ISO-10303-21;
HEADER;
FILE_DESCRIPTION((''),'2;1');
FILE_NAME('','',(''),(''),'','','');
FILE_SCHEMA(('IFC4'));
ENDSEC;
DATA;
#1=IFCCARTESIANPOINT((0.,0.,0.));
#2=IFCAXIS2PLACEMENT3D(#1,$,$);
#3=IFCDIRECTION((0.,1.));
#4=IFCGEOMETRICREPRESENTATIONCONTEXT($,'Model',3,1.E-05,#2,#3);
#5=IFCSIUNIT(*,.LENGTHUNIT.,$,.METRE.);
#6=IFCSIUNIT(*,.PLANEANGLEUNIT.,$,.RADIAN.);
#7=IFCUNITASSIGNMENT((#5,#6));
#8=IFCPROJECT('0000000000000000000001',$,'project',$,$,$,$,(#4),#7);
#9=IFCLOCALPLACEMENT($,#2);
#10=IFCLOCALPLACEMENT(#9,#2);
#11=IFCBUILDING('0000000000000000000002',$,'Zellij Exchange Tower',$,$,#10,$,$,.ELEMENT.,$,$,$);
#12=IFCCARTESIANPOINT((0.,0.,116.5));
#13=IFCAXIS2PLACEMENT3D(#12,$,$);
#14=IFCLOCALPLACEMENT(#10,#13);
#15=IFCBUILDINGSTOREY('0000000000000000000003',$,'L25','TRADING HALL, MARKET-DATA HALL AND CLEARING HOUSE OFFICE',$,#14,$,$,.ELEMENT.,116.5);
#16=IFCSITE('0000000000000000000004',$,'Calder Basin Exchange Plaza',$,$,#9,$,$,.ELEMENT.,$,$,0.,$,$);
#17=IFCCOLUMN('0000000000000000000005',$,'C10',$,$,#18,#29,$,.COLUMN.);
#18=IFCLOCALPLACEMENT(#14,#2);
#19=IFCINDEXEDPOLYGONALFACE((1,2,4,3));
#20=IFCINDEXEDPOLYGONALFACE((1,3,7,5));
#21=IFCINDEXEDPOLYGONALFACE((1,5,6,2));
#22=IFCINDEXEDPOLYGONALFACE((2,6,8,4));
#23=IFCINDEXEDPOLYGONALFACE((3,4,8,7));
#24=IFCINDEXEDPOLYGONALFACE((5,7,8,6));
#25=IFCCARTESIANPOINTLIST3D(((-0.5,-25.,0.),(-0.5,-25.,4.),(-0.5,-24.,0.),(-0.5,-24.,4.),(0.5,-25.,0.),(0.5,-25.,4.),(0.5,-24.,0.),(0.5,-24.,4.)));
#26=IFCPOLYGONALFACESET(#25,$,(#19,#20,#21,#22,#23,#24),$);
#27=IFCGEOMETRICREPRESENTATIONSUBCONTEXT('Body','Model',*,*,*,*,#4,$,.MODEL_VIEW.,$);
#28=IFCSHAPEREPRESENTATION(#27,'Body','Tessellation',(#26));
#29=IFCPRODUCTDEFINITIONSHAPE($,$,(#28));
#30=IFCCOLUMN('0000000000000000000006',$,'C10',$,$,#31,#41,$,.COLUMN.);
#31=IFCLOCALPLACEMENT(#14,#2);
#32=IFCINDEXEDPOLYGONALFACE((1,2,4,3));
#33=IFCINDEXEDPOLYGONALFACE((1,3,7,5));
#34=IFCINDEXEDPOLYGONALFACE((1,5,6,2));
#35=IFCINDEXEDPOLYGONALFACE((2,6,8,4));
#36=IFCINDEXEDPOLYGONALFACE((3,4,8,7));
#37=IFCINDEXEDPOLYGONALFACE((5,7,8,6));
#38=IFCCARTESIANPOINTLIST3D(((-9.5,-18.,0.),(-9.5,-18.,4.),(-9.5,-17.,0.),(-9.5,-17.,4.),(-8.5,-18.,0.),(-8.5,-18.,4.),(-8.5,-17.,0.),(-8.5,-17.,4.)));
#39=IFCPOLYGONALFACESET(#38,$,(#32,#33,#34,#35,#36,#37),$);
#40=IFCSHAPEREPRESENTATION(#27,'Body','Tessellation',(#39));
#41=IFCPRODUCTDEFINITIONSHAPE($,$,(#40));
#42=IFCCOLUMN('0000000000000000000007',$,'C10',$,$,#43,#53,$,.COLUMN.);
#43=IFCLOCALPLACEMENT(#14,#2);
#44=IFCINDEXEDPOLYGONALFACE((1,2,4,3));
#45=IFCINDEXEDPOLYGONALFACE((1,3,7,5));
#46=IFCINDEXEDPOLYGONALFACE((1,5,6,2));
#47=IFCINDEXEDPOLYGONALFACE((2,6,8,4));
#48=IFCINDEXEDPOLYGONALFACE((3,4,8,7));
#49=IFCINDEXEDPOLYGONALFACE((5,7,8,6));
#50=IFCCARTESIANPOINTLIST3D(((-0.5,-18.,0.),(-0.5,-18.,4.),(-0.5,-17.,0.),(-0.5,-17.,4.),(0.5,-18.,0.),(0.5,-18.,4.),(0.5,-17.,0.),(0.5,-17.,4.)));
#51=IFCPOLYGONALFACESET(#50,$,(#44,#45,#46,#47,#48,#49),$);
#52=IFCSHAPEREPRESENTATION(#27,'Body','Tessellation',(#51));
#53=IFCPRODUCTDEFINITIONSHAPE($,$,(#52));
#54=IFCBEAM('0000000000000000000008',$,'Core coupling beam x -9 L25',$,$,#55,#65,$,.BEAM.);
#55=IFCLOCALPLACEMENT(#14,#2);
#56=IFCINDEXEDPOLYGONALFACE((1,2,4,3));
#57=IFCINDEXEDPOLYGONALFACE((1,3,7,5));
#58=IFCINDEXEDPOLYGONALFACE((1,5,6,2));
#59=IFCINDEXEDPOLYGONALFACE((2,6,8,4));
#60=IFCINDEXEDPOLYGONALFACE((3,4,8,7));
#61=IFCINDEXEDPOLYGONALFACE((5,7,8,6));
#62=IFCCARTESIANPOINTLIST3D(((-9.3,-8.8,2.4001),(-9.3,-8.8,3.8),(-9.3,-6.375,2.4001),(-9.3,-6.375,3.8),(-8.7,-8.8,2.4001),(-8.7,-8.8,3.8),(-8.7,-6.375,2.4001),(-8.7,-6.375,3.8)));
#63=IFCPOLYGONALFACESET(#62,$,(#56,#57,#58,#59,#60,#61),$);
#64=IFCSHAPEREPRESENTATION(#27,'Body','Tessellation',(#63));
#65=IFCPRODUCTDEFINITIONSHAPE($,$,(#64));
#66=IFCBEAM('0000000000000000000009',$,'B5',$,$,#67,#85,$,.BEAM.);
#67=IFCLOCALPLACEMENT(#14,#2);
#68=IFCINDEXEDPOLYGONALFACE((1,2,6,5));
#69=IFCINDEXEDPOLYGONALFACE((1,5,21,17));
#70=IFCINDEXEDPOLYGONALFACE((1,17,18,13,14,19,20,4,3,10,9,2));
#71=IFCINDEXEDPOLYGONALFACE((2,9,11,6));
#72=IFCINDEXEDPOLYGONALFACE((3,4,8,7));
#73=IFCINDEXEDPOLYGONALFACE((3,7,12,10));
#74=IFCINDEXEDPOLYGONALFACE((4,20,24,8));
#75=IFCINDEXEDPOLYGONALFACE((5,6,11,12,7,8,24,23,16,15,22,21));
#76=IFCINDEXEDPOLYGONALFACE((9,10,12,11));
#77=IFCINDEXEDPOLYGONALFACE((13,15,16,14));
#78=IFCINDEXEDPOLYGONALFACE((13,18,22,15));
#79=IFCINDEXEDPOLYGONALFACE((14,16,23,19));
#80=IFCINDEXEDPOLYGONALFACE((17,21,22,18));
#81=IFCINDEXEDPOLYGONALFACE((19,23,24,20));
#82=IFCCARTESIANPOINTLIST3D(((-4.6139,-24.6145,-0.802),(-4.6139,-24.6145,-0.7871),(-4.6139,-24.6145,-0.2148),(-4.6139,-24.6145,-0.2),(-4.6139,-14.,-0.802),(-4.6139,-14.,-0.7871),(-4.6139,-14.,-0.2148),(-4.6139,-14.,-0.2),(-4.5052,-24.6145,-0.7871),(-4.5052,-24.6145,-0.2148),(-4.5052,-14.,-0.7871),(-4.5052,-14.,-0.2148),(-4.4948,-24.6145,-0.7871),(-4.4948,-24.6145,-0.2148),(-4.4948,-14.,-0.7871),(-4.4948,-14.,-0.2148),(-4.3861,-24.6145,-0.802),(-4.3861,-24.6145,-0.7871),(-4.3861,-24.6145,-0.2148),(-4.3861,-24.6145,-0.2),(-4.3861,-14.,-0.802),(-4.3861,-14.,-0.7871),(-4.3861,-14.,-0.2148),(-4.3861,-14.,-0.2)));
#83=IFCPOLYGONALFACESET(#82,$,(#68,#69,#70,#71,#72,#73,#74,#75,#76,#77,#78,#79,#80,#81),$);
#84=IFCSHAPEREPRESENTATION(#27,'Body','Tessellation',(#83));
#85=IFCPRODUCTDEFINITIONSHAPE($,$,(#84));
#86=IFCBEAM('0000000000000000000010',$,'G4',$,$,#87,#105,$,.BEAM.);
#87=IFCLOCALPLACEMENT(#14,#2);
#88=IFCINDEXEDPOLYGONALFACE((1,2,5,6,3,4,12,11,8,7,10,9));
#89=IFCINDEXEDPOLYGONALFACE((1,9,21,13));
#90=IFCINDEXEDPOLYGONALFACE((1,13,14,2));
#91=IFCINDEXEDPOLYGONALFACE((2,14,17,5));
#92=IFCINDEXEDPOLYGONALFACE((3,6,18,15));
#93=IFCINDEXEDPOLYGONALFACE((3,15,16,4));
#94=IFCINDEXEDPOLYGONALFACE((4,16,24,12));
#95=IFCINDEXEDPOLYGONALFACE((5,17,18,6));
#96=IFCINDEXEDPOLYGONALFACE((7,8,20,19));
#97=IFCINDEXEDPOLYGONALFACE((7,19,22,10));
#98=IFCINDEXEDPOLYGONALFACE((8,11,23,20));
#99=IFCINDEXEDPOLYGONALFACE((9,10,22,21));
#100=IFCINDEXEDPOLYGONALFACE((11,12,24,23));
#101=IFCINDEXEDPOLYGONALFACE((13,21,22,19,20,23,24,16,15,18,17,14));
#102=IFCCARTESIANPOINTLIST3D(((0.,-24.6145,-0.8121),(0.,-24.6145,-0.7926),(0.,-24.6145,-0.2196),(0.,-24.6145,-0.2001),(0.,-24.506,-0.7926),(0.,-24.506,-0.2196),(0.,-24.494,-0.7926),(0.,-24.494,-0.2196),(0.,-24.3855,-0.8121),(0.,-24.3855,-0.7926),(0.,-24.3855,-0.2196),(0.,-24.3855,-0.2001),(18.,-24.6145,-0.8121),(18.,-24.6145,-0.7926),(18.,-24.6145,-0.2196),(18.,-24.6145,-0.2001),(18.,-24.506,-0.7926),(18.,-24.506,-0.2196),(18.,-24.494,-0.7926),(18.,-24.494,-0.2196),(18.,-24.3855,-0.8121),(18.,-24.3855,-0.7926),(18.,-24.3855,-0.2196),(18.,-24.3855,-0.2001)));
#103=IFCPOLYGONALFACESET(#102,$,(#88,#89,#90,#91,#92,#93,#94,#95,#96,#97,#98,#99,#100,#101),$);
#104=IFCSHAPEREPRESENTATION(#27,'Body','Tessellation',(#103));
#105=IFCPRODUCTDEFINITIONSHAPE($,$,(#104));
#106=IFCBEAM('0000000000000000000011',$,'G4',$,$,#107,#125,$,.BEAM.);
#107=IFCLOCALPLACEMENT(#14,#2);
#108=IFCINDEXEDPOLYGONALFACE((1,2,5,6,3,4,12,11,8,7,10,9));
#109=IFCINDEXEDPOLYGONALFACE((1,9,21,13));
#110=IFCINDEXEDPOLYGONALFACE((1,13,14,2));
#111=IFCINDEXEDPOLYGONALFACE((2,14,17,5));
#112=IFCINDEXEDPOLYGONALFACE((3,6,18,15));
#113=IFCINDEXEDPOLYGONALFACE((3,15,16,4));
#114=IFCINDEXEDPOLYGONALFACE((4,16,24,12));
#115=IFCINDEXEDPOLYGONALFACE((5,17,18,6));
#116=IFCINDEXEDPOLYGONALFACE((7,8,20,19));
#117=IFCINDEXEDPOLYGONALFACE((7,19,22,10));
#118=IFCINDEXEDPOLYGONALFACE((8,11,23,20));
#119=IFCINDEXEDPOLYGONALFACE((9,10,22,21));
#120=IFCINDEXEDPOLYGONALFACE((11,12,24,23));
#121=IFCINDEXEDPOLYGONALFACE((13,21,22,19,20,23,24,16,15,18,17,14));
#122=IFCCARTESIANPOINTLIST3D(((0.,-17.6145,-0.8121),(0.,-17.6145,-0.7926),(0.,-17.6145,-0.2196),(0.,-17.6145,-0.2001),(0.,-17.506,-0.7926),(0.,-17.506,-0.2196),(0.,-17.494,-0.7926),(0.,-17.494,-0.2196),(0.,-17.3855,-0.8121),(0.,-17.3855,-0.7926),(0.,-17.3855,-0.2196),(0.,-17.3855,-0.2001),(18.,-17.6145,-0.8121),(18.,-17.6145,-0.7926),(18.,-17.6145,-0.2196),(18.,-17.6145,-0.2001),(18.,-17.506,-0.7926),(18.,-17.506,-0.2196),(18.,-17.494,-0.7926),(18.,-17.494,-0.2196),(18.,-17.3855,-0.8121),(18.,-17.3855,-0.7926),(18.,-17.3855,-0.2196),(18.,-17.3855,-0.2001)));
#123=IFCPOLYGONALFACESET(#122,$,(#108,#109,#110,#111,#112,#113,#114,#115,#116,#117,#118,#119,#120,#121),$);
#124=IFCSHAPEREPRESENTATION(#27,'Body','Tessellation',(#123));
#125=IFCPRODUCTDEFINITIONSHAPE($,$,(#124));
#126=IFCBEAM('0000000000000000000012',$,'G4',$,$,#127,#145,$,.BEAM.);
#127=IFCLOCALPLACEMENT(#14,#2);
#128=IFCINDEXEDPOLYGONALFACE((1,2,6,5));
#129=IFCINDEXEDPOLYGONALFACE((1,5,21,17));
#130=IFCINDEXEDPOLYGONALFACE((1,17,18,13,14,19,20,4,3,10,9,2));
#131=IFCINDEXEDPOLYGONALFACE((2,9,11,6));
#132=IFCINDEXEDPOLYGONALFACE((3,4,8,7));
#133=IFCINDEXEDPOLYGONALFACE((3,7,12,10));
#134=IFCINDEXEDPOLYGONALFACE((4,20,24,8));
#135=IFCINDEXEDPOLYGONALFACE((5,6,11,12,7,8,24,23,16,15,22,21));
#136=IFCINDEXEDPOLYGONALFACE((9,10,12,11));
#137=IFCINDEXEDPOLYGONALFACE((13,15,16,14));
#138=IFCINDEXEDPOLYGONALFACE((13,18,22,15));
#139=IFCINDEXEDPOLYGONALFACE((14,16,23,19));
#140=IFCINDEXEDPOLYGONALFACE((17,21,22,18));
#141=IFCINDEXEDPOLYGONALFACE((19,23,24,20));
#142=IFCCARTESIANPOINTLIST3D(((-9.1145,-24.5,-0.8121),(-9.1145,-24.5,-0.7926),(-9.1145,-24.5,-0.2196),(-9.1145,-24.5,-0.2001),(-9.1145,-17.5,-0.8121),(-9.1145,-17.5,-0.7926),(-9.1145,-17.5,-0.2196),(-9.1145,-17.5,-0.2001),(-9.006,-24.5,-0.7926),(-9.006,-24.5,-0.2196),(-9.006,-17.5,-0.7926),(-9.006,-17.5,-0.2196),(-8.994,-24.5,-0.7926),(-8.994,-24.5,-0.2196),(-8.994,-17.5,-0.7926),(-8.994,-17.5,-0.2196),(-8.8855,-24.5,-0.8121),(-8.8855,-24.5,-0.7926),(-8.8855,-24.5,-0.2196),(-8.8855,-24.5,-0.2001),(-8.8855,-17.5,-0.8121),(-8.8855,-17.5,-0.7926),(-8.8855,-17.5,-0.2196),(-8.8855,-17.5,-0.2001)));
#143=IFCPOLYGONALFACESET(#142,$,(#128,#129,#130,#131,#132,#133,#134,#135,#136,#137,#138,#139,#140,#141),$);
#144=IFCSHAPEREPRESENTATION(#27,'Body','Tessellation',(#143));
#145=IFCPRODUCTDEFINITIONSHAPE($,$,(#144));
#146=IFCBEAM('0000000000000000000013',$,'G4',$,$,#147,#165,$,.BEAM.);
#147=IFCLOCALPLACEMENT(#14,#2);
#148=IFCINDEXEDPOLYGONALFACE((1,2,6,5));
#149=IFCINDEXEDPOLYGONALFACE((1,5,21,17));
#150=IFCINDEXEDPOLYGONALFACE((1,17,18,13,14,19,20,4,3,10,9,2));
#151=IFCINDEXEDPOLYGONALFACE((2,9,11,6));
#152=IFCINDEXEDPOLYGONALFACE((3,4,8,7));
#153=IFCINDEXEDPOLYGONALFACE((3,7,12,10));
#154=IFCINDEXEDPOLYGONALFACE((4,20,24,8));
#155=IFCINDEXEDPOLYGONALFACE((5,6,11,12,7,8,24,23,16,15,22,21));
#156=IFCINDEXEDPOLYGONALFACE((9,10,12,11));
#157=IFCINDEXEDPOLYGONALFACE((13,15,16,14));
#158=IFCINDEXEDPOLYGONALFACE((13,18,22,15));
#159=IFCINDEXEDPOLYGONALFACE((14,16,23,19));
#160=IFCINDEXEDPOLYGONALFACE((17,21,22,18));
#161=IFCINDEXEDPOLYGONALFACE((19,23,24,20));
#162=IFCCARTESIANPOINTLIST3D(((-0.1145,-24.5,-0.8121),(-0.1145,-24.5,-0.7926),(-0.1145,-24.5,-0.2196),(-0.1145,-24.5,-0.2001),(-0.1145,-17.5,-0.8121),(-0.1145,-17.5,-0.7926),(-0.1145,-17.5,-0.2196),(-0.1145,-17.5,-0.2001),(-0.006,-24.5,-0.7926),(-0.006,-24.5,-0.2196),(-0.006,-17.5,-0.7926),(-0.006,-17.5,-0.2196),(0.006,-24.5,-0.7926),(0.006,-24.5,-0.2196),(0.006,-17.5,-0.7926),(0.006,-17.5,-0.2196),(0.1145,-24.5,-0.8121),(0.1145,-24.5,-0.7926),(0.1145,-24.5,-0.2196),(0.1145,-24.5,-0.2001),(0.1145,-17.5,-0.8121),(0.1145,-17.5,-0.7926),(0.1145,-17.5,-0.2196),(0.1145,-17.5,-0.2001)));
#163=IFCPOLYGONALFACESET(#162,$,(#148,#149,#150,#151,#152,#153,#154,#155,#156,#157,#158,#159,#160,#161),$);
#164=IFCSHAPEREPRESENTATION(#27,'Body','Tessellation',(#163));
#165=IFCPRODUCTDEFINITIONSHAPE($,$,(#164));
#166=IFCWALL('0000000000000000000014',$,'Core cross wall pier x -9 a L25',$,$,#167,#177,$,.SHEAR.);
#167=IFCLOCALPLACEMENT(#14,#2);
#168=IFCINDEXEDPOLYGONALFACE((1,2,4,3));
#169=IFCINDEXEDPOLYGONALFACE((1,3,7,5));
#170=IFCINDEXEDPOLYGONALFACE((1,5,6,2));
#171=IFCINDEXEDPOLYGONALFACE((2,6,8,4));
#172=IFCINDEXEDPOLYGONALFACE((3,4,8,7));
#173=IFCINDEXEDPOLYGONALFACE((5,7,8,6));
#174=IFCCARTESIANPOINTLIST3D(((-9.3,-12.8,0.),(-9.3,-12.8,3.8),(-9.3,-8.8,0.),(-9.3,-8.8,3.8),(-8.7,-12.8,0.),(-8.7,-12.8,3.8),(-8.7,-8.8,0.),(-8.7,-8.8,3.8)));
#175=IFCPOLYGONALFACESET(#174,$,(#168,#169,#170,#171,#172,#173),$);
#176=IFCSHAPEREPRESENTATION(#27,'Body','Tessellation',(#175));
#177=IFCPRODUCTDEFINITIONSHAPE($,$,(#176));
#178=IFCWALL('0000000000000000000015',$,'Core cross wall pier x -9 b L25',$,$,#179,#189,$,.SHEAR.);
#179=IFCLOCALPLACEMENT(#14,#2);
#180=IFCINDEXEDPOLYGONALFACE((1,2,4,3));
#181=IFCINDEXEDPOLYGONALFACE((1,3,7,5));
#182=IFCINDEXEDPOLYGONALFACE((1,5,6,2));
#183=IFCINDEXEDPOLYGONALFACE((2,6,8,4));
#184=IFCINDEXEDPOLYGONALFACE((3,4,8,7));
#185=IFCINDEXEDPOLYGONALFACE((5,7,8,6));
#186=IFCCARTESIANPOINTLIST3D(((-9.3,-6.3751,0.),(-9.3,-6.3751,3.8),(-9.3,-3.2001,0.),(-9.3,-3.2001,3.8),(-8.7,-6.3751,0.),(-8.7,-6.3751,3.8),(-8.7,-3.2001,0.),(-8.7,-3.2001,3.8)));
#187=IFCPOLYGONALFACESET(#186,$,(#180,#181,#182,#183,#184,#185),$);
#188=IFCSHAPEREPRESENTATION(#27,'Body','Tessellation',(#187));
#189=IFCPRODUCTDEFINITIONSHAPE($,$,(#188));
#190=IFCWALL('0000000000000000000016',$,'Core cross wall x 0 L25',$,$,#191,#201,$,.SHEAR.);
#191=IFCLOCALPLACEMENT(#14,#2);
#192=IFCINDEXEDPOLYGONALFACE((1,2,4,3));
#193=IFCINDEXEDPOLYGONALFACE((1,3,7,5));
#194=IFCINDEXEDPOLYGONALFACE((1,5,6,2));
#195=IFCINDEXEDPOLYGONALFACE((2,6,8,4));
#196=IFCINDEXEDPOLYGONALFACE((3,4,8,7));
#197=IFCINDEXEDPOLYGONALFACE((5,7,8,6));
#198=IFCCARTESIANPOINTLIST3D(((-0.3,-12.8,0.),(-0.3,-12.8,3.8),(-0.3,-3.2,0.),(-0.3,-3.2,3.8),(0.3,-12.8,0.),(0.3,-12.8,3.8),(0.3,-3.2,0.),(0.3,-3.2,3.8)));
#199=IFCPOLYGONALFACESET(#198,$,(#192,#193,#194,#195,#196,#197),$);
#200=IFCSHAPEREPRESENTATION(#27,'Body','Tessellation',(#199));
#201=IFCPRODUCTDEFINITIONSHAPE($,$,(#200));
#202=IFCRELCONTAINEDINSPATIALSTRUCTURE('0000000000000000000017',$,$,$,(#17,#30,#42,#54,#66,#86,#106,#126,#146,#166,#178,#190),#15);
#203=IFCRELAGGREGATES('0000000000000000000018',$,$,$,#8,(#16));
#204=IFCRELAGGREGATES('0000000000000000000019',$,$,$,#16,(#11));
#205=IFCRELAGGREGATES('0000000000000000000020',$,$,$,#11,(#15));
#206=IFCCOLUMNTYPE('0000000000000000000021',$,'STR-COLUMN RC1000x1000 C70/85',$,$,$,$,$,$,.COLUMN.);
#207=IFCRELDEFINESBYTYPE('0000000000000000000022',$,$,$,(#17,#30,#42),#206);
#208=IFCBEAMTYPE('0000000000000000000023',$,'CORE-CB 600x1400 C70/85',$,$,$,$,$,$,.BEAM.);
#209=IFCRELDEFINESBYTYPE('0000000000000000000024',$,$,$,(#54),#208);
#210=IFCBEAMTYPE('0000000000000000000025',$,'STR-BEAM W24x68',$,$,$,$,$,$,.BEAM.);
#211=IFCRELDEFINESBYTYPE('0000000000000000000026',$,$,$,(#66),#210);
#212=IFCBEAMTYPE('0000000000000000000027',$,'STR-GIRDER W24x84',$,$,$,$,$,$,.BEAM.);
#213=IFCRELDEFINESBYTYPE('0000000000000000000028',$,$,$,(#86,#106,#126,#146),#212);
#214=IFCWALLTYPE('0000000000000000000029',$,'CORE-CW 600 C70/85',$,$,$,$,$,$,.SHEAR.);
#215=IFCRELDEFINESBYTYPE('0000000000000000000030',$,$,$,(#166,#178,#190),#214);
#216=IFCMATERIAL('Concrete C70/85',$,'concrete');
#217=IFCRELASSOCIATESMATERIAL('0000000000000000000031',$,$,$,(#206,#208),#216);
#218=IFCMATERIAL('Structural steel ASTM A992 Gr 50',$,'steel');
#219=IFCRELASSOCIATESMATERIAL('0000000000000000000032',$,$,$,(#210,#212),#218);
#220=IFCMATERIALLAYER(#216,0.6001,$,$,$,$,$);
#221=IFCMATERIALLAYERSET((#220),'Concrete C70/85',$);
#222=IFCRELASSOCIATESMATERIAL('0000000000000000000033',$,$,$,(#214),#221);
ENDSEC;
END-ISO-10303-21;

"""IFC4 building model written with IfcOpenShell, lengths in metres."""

from ifc_helpers import new_model, si_unit, direction, frame, frame_2d, origin, origin_2d, place, context, subcontext, project, spatial, rectangle, i_section, extrude, material, layer, layer_set, material_profile, profile_set, type_object, element, save


model = new_model("IFC4")

# Units and contexts
model_context = context("Model", 3, precision=1e-05, world=origin(), true_north=direction((0.0, 1.0)))
body_context = subcontext(model_context, "Body", "Model", "MODEL_VIEW")
ifc_project = project(units=[si_unit("LENGTHUNIT", "METRE"), si_unit("PLANEANGLEUNIT", "RADIAN")], contexts=[model_context])

# Site, building, storey
site_placement = place(None, origin())
site = spatial("IfcSite", under=ifc_project, at=site_placement, Name="Calder Basin Exchange Plaza", CompositionType="ELEMENT", RefElevation=0.0)
building_placement = place(site_placement, origin())
building = spatial("IfcBuilding", under=site, at=building_placement, Name="Zellij Exchange Tower", CompositionType="ELEMENT")
storey_placement = place(building_placement, frame((0.0, 0.0, 116.5)))
storey = spatial("IfcBuildingStorey", under=building, at=storey_placement, Name="L25", Description="TRADING HALL, MARKET-DATA HALL AND CLEARING HOUSE OFFICE", CompositionType="ELEMENT", Elevation=116.5)

# Columns
ifc_material_1 = material(Name="Concrete C70/85", Category="concrete")
ifc_material_profile_1 = material_profile(ifc_material_1, rectangle(XDim=1.0, YDim=1.0, at=origin_2d()), Name="STR-COLUMN RC1000x1000 C70/85")
ifc_profile_set_1 = profile_set([ifc_material_profile_1], Name="Concrete C70/85")
column_type = type_object("IfcColumnType", Name="STR-COLUMN RC1000x1000 C70/85", PredefinedType="COLUMN", material=ifc_profile_set_1)
for number, where, z_axis, x_axis, name in (
    (1, (0.0, -24.5, 0.0), (0.0, 0.0, 1.0), (1.0, 0.0, 0.0), "C10"),
    (2, (-9.0, -17.5, 0.0), (0.0, 0.0, 1.0), (1.0, 0.0, 0.0), "C10"),
    (3, (0.0, -17.5, 0.0), (0.0, 0.0, 1.0), (1.0, 0.0, 0.0), "C10"),
):
    element("IfcColumn", number, at=place(storey_placement, frame(where, z_axis=z_axis, x_axis=x_axis)), inside=storey, type_object=column_type, Name=name, PredefinedType="COLUMN", context=body_context, shape_type="SweptSolid", body=[
        extrude(rectangle(XDim=1.0, YDim=1.0, at=origin_2d()), origin(), (0.0, 0.0, 1.0), 4.0),
    ])

# Beams
ifc_material_profile_2 = material_profile(ifc_material_1, rectangle(XDim=0.6001, YDim=1.3999, at=origin_2d()), Name="CORE-CB 600x1400 C70/85")
ifc_profile_set_2 = profile_set([ifc_material_profile_2], Name="Concrete C70/85")
beam_type_1 = type_object("IfcBeamType", Name="CORE-CB 600x1400 C70/85", PredefinedType="BEAM", material=ifc_profile_set_2)
beam_1_placement = place(storey_placement, frame((-9.0, -8.8, 3.1001), z_axis=(0.0, 1.0, 0.0), x_axis=(-1.0, 0.0, 0.0)))
element("IfcBeam", 4, at=beam_1_placement, inside=storey, type_object=beam_type_1, Name="Core coupling beam x -9 L25", PredefinedType="BEAM", context=body_context, shape_type="SweptSolid", body=[
    extrude(rectangle(XDim=0.6001, YDim=1.3999, at=origin_2d()), origin(), (0.0, 0.0, 1.0), 2.425),
])
ifc_material_2 = material(Name="Structural steel ASTM A992 Gr 50", Category="steel")
ifc_material_profile_3 = material_profile(ifc_material_2, i_section(OverallWidth=0.2278, OverallDepth=0.6021, WebThickness=0.0105, FlangeThickness=0.0149, at=origin_2d()), Name="W24x68")
ifc_profile_set_3 = profile_set([ifc_material_profile_3], Name="Structural steel ASTM A992 Gr 50")
beam_type_2 = type_object("IfcBeamType", Name="STR-BEAM W24x68", PredefinedType="BEAM", material=ifc_profile_set_3)
beam_2_placement = place(storey_placement, frame((-4.5, -24.6145, -0.501), z_axis=(0.0, 1.0, 0.0), x_axis=(-1.0, 0.0, 0.0)))
element("IfcBeam", 5, at=beam_2_placement, inside=storey, type_object=beam_type_2, Name="B5", PredefinedType="BEAM", context=body_context, shape_type="SweptSolid", body=[
    extrude(i_section(OverallWidth=0.2278, OverallDepth=0.6021, WebThickness=0.0105, FlangeThickness=0.0149, at=origin_2d()), origin(), (0.0, 0.0, 1.0), 10.6145),
])
ifc_material_profile_4 = material_profile(ifc_material_2, i_section(OverallWidth=0.229, OverallDepth=0.6121, WebThickness=0.012, FlangeThickness=0.0195, at=origin_2d()), Name="W24x84")
ifc_profile_set_4 = profile_set([ifc_material_profile_4], Name="Structural steel ASTM A992 Gr 50")
beam_type_3 = type_object("IfcBeamType", Name="STR-GIRDER W24x84", PredefinedType="BEAM", material=ifc_profile_set_4)
for number, where, z_axis, x_axis, name in (
    (6, (0.0, -24.5, -0.5061), (1.0, 0.0, 0.0), (0.0, 1.0, 0.0), "G4"),
    (7, (0.0, -17.5, -0.5061), (1.0, 0.0, 0.0), (0.0, 1.0, 0.0), "G4"),
):
    element("IfcBeam", number, at=place(storey_placement, frame(where, z_axis=z_axis, x_axis=x_axis)), inside=storey, type_object=beam_type_3, Name=name, PredefinedType="BEAM", context=body_context, shape_type="SweptSolid", body=[
        extrude(i_section(OverallWidth=0.229, OverallDepth=0.6121, WebThickness=0.012, FlangeThickness=0.0195, at=origin_2d()), origin(), (0.0, 0.0, 1.0), 18.0),
    ])
for number, where, z_axis, x_axis, name in (
    (8, (-9.0, -24.5, -0.5061), (0.0, 1.0, 0.0), (-1.0, 0.0, 0.0), "G4"),
    (9, (0.0, -24.5, -0.5061), (0.0, 1.0, 0.0), (-1.0, 0.0, 0.0), "G4"),
):
    element("IfcBeam", number, at=place(storey_placement, frame(where, z_axis=z_axis, x_axis=x_axis)), inside=storey, type_object=beam_type_3, Name=name, PredefinedType="BEAM", context=body_context, shape_type="SweptSolid", body=[
        extrude(i_section(OverallWidth=0.229, OverallDepth=0.6121, WebThickness=0.012, FlangeThickness=0.0195, at=origin_2d()), origin(), (0.0, 0.0, 1.0), 7.0),
    ])

# Walls
ifc_layer_1 = layer(ifc_material_1, 0.6001)
ifc_layer_set_1 = layer_set([ifc_layer_1], Name="Concrete C70/85")
wall_type_1 = type_object("IfcWallType", Name="CORE-CW 600 C70/85", PredefinedType="SHEAR", material=ifc_layer_set_1)
wall_1_placement = place(storey_placement, frame((-9.0, -12.8, 0.0), z_axis=(0.0, 0.0, 1.0), x_axis=(0.0, 1.0, 0.0)))
element("IfcWall", 10, at=wall_1_placement, inside=storey, type_object=wall_type_1, Name="Core cross wall pier x -9 a L25", PredefinedType="SHEAR", context=body_context, shape_type="SweptSolid", body=[
    extrude(rectangle(XDim=4.0, YDim=0.6001, at=frame_2d((2.0, 0.0))), origin(), (0.0, 0.0, 1.0), 3.8),
])
wall_2_placement = place(storey_placement, frame((-9.0, -6.375, 0.0), z_axis=(0.0, 0.0, 1.0), x_axis=(0.0, 1.0, 0.0)))
element("IfcWall", 11, at=wall_2_placement, inside=storey, type_object=wall_type_1, Name="Core cross wall pier x -9 b L25", PredefinedType="SHEAR", context=body_context, shape_type="SweptSolid", body=[
    extrude(rectangle(XDim=3.175, YDim=0.6001, at=frame_2d((1.5874, 0.0))), origin(), (0.0, 0.0, 1.0), 3.8),
])
wall_3_placement = place(storey_placement, frame((0.0, -12.8, 0.0), z_axis=(0.0, 0.0, 1.0), x_axis=(0.0, 1.0, 0.0)))
element("IfcWall", 12, at=wall_3_placement, inside=storey, type_object=wall_type_1, Name="Core cross wall x 0 L25", PredefinedType="SHEAR", context=body_context, shape_type="SweptSolid", body=[
    extrude(rectangle(XDim=9.6001, YDim=0.6001, at=frame_2d((4.8, 0.0))), origin(), (0.0, 0.0, 1.0), 3.8),
])

save(model, "model.ifc")
